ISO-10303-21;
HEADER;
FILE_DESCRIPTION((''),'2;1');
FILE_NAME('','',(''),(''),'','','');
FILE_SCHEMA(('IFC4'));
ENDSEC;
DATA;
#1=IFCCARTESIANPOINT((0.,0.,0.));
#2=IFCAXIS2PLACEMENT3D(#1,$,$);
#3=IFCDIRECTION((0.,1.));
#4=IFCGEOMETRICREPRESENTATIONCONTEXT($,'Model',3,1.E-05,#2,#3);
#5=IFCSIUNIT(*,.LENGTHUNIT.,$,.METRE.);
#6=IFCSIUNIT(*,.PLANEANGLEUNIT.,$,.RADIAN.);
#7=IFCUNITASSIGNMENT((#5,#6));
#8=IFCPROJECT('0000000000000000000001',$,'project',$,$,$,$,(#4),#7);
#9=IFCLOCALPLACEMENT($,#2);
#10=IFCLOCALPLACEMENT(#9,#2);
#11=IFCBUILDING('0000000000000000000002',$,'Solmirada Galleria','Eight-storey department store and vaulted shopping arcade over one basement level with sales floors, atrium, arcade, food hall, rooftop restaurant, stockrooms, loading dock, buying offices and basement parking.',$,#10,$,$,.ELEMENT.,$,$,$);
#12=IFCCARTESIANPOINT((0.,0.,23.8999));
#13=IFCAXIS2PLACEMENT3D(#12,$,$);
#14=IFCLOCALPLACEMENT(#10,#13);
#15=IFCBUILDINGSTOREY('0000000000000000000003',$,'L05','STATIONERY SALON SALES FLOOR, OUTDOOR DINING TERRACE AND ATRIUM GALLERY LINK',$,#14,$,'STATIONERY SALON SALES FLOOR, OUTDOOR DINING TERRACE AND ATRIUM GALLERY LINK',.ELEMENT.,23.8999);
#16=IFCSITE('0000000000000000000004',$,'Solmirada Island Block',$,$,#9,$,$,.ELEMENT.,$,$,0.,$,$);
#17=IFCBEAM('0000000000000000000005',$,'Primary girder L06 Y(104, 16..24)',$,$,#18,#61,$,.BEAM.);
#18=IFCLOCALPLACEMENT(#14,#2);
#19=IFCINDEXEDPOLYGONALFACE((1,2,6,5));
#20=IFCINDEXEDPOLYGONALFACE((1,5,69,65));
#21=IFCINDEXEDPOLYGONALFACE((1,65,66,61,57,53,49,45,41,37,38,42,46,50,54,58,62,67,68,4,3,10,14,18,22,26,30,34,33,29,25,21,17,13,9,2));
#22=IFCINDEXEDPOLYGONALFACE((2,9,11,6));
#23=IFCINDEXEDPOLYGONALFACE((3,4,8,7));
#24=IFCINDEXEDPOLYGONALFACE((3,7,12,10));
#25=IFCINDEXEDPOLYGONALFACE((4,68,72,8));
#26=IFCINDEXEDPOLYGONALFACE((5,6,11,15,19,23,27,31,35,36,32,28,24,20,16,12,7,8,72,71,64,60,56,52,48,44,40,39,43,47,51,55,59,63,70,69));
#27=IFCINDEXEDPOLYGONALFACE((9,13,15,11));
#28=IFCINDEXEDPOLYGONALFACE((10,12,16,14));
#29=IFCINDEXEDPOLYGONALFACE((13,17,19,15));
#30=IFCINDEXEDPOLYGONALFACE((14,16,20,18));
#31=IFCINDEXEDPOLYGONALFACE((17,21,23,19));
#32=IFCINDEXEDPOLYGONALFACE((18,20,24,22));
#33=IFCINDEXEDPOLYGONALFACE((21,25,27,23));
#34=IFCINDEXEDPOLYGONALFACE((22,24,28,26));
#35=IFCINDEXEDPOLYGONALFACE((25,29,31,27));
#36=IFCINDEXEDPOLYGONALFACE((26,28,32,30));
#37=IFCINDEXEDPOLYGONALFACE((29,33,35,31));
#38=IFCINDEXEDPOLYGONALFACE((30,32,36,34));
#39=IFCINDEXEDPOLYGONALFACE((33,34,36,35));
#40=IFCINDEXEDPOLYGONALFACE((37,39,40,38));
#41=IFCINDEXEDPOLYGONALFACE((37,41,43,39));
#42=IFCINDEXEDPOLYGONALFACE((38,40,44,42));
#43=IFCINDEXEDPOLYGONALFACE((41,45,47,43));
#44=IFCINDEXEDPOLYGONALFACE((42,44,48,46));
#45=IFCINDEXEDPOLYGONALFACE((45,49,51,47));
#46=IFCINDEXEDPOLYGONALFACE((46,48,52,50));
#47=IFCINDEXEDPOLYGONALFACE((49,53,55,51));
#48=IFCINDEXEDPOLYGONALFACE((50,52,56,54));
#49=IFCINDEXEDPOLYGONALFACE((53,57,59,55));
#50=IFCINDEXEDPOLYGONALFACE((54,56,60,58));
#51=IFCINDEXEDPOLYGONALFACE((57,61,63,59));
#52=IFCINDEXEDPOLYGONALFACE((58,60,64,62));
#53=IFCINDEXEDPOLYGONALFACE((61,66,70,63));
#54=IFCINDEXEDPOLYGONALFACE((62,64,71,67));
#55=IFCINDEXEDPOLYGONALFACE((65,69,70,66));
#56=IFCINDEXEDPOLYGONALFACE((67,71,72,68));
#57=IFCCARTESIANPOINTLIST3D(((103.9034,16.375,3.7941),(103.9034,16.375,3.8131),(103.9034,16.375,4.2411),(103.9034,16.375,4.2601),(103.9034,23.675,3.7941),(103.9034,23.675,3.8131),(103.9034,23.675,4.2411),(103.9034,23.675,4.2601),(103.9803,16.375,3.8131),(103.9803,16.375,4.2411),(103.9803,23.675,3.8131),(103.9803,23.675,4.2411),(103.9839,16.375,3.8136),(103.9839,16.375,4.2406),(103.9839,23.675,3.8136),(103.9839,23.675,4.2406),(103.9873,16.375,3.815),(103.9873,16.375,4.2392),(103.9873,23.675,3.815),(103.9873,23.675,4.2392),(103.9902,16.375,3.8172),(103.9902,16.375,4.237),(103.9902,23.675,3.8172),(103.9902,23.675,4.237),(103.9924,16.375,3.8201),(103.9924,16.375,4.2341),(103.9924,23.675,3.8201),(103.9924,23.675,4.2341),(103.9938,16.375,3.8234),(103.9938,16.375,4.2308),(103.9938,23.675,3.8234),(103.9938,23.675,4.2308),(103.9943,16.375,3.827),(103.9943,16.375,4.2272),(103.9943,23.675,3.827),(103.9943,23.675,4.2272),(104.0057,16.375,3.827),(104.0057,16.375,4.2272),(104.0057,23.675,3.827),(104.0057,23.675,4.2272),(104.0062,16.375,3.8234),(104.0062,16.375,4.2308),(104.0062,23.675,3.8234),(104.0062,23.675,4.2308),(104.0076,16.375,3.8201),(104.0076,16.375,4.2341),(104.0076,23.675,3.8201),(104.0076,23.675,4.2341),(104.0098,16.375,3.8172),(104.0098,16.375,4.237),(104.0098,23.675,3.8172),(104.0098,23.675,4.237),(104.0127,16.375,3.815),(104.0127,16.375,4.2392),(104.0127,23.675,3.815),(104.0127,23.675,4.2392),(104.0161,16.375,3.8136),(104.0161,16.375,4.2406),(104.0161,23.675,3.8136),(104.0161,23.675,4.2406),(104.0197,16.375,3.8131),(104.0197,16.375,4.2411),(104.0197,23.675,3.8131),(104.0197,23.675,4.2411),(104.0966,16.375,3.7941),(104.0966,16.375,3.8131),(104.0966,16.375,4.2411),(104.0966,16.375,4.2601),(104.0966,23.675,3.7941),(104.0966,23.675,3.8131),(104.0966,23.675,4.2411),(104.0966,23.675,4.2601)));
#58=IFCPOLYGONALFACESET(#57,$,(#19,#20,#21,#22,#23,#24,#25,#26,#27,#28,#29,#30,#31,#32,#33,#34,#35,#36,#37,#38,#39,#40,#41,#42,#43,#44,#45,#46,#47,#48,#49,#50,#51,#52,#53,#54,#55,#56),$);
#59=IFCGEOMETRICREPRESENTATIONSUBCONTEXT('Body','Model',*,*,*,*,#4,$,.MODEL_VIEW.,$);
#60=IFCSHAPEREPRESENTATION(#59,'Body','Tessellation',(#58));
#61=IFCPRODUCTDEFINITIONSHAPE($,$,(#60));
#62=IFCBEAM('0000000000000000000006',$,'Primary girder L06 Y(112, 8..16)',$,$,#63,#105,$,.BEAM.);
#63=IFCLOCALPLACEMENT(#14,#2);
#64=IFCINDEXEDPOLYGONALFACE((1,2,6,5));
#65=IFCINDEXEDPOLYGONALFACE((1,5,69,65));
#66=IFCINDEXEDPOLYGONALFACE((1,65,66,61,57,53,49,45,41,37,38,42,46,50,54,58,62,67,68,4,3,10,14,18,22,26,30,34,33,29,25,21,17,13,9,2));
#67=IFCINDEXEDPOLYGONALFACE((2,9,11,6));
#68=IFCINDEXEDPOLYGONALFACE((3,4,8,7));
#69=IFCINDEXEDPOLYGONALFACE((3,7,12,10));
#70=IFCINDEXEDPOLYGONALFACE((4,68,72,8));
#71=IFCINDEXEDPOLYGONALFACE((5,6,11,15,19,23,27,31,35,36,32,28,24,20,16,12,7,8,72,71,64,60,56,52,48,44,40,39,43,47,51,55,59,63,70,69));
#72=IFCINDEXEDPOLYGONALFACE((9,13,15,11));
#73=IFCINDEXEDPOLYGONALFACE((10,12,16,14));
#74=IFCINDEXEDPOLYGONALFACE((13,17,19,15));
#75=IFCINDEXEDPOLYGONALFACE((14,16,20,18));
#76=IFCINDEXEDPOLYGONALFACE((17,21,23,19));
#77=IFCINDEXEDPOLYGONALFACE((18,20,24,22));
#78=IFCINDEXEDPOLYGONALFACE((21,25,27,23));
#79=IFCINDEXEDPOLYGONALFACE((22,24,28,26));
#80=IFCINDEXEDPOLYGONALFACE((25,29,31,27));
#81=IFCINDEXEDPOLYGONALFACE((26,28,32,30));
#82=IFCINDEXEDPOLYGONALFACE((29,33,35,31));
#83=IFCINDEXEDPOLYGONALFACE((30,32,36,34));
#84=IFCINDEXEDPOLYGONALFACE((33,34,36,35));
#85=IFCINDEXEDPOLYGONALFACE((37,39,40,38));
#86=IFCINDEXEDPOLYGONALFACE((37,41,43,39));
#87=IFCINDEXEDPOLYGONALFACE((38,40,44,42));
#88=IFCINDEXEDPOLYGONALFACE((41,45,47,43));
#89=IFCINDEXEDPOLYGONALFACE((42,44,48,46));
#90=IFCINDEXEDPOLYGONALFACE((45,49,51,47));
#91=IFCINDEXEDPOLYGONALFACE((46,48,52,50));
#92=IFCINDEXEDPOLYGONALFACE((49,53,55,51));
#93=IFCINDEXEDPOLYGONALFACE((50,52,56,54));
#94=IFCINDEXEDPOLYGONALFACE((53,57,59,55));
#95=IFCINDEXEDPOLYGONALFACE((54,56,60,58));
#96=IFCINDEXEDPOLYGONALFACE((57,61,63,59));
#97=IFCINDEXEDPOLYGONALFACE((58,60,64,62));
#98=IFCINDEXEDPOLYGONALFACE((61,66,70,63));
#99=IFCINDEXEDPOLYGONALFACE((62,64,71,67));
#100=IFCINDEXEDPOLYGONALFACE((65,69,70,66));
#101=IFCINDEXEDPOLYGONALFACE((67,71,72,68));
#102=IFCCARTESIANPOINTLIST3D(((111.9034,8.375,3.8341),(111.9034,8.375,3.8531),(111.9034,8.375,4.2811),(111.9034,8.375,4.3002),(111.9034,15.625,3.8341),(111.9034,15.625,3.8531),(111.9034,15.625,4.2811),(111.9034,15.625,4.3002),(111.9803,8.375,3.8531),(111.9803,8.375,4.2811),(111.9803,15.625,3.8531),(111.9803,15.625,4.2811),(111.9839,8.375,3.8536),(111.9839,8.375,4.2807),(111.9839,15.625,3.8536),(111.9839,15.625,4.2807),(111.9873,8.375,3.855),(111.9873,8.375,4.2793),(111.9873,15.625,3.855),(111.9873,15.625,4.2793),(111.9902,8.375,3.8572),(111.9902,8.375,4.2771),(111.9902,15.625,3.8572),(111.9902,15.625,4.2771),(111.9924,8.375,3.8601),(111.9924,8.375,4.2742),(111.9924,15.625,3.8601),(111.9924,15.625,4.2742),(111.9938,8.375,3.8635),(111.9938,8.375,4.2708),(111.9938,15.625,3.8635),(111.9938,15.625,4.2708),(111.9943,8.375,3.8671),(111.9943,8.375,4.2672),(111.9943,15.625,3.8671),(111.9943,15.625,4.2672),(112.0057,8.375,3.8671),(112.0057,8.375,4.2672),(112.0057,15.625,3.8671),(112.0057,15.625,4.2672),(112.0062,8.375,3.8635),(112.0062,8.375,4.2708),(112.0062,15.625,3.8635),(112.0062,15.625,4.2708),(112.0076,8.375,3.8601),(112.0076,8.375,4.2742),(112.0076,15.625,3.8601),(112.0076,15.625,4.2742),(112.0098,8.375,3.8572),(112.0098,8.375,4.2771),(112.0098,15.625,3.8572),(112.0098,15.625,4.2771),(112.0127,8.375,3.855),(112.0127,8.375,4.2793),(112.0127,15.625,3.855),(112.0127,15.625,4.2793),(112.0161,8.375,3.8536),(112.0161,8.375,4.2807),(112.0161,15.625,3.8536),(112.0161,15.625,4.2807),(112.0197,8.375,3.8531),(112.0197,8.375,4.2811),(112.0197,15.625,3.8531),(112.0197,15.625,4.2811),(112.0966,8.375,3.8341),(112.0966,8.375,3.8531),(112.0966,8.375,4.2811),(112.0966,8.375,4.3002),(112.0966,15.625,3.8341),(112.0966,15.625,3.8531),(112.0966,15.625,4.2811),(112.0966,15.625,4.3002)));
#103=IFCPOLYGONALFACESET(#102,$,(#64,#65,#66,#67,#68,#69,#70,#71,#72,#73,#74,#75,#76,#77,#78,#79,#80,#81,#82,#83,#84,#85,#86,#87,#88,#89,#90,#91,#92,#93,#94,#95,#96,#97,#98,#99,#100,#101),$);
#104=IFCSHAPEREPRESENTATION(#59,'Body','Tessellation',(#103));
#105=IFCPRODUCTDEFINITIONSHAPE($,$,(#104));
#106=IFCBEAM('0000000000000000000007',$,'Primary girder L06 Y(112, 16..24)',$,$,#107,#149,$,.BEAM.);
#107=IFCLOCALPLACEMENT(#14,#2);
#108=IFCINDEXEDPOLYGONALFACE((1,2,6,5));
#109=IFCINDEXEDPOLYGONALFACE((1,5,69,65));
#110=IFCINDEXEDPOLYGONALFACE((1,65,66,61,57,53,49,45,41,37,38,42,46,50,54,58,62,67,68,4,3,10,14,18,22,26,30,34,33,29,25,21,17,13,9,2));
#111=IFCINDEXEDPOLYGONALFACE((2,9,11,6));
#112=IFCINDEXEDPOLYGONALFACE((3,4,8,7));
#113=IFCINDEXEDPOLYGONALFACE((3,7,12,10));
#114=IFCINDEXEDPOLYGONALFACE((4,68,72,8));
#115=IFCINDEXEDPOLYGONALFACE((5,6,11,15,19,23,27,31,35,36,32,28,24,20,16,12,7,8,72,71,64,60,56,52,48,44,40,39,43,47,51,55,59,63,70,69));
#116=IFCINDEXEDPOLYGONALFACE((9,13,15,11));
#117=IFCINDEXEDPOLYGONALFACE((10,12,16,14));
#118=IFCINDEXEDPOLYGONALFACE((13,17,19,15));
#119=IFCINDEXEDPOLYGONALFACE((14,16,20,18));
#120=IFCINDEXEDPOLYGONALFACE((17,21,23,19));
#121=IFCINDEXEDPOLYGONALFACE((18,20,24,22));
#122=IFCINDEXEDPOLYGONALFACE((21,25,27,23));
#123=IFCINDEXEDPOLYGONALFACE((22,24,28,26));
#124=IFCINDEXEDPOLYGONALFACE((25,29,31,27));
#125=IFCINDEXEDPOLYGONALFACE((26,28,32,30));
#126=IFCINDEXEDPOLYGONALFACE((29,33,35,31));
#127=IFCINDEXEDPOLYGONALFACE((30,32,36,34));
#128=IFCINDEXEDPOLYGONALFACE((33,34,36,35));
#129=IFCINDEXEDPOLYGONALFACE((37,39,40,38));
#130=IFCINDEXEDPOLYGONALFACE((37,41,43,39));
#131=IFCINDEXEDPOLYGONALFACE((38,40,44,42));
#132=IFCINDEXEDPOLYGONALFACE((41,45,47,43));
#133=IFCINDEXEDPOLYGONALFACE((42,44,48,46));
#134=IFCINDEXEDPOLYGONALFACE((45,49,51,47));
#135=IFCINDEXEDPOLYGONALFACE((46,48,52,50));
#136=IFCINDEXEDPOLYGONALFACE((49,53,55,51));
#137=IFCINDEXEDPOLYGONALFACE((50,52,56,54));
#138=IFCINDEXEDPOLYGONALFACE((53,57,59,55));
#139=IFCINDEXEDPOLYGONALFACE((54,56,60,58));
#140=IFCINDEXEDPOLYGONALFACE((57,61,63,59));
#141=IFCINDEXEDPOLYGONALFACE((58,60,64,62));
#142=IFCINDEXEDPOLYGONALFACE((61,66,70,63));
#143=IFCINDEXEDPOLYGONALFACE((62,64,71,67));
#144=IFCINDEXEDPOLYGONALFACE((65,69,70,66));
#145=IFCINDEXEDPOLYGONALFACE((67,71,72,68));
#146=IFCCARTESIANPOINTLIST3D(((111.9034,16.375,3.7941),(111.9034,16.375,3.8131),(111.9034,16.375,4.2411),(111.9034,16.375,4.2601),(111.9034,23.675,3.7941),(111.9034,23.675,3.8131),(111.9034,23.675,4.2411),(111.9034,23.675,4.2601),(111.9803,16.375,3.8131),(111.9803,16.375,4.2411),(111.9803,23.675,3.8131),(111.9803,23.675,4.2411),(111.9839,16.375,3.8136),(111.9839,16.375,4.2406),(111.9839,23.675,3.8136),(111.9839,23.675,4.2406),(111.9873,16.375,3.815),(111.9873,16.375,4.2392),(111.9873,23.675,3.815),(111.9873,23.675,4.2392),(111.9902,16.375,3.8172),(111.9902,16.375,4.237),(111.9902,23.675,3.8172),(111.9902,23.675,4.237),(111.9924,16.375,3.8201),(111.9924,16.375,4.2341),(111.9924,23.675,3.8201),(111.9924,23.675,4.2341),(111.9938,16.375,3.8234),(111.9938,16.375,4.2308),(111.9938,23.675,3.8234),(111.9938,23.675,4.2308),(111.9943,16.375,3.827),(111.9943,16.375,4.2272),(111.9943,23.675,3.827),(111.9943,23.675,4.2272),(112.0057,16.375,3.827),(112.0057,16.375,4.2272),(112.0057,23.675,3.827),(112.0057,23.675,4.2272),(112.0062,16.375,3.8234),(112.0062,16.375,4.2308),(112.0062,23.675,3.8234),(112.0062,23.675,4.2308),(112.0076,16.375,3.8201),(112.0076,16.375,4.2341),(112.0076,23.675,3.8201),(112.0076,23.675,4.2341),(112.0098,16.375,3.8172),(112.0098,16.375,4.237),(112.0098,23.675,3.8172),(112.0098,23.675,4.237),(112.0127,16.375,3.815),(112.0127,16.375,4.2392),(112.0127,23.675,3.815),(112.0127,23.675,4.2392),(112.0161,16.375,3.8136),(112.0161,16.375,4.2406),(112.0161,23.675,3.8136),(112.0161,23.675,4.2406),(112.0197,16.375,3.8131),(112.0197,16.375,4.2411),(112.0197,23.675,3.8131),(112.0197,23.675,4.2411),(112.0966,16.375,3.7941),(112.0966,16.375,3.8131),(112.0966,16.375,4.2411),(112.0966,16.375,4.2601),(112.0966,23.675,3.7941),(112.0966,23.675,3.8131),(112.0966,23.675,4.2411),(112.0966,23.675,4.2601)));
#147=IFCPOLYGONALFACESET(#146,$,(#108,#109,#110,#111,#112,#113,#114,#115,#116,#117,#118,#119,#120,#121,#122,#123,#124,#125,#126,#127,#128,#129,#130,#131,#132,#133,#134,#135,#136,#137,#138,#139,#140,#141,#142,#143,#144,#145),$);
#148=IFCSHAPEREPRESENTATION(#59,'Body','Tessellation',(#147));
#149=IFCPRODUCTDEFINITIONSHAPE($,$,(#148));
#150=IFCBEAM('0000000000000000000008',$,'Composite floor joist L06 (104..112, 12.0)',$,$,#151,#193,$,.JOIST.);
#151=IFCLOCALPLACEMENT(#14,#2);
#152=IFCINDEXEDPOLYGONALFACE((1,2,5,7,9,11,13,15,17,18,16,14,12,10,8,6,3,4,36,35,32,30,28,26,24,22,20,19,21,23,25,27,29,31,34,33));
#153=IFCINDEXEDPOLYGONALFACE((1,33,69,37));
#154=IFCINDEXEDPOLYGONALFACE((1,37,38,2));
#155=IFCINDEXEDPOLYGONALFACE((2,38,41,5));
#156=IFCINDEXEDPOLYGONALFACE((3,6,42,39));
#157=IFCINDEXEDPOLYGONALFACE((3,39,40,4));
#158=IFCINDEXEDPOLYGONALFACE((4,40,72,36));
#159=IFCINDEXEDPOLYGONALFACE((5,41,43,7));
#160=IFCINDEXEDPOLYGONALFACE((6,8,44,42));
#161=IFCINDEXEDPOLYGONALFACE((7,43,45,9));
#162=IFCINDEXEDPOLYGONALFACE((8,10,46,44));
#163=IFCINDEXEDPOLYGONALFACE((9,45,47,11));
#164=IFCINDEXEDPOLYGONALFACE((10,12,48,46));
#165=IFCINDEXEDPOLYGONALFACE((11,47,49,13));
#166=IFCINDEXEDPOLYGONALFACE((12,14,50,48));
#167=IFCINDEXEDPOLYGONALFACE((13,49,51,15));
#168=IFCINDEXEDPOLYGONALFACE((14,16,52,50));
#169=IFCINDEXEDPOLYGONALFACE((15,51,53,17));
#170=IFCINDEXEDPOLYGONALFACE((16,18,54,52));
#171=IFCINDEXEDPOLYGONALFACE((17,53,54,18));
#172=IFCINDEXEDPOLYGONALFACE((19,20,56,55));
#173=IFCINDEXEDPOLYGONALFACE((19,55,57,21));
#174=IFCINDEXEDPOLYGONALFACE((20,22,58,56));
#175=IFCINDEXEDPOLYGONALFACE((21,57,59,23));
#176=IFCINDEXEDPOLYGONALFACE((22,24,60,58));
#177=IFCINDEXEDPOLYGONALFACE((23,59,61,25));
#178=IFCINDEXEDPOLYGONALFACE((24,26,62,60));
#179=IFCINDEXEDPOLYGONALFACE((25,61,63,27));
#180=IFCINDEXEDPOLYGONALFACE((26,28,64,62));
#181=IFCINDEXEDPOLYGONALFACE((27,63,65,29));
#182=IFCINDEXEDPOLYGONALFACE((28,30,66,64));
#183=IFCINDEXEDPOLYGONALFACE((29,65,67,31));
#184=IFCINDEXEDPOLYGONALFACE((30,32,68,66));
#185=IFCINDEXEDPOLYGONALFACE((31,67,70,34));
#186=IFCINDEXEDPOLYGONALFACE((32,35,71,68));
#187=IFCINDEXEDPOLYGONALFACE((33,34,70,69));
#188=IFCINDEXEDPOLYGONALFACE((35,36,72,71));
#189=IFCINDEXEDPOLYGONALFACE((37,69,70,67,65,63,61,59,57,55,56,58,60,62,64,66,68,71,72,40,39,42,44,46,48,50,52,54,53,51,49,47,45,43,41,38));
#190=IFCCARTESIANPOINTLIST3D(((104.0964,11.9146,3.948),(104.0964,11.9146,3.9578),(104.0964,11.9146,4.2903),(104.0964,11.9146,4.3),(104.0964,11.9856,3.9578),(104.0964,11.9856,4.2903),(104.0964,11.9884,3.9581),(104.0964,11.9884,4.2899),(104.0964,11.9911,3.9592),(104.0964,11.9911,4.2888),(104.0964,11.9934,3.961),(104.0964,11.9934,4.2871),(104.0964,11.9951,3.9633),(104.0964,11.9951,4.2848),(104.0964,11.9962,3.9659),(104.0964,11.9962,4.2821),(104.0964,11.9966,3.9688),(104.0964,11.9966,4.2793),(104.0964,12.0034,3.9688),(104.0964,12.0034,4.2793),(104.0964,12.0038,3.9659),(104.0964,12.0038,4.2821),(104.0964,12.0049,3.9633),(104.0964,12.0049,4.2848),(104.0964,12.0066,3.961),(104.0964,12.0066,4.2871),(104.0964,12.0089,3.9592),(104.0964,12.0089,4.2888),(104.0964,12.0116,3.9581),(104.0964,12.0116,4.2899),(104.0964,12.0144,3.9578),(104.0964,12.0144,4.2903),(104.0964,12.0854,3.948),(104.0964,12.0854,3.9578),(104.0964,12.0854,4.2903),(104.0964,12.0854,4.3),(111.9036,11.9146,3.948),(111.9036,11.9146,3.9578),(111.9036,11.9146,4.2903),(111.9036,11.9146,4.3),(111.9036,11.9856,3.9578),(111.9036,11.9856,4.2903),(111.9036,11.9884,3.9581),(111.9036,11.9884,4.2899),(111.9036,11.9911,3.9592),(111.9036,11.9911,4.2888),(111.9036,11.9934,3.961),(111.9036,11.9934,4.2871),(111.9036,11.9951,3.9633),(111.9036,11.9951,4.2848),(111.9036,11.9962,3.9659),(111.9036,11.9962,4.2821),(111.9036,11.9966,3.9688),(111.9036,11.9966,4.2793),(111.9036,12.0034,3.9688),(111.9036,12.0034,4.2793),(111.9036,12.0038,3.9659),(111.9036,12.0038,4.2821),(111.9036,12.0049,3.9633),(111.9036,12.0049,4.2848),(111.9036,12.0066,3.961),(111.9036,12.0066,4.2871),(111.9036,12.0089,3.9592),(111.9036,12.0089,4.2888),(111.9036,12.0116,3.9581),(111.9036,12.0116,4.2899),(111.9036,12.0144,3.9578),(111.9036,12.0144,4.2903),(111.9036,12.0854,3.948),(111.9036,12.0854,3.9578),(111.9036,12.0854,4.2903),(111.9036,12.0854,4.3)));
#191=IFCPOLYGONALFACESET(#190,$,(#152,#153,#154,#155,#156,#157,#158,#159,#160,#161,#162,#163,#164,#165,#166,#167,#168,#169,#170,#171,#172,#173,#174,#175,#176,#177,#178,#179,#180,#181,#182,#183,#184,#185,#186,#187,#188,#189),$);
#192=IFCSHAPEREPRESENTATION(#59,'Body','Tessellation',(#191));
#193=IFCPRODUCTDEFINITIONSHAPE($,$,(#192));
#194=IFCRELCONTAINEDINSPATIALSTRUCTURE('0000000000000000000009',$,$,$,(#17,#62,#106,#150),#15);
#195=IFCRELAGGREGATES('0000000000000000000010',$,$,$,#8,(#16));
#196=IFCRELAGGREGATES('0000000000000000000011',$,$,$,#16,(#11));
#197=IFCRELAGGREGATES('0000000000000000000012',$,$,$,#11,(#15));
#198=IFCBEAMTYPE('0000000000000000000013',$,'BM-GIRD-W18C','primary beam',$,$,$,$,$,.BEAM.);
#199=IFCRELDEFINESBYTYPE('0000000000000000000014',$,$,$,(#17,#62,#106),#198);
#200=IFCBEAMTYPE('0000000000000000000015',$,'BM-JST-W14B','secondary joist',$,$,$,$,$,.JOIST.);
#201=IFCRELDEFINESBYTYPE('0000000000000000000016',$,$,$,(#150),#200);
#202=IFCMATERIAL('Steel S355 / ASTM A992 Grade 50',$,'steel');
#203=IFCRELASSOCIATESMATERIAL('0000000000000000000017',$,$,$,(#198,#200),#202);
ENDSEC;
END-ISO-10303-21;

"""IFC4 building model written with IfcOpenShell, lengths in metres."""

from ifc_helpers import new_model, si_unit, direction, frame, origin, origin_2d, place, context, subcontext, project, spatial, i_section, extrude, material, material_profile, profile_set, type_object, element, save


model = new_model("IFC4")

# Units and contexts
model_context = context("Model", 3, precision=1e-05, world=origin(), true_north=direction((0.0, 1.0)))
body_context = subcontext(model_context, "Body", "Model", "MODEL_VIEW")
ifc_project = project(units=[si_unit("LENGTHUNIT", "METRE"), si_unit("PLANEANGLEUNIT", "RADIAN")], contexts=[model_context])

# Site, building, storey
site_placement = place(None, origin())
site = spatial("IfcSite", under=ifc_project, at=site_placement, Name="Solmirada Island Block", CompositionType="ELEMENT", RefElevation=0.0)
building_placement = place(site_placement, origin())
building = spatial("IfcBuilding", under=site, at=building_placement, Name="Solmirada Galleria", Description="Eight-storey department store and vaulted shopping arcade over one basement level with sales floors, atrium, arcade, food hall, rooftop restaurant, stockrooms, loading dock, buying offices and basement parking.", CompositionType="ELEMENT")
storey_placement = place(building_placement, frame((0.0, 0.0, 23.8999)))
storey = spatial("IfcBuildingStorey", under=building, at=storey_placement, Name="L05", Description="STATIONERY SALON SALES FLOOR, OUTDOOR DINING TERRACE AND ATRIUM GALLERY LINK", LongName="STATIONERY SALON SALES FLOOR, OUTDOOR DINING TERRACE AND ATRIUM GALLERY LINK", CompositionType="ELEMENT", Elevation=23.8999)

# Beams
ifc_material_1 = material(Name="Steel S355 / ASTM A992 Grade 50", Category="steel")
ifc_material_profile_1 = material_profile(ifc_material_1, i_section(OverallWidth=0.1931, OverallDepth=0.4661, WebThickness=0.0115, FlangeThickness=0.019, FilletRadius=0.0139, at=origin_2d()), Name="W18X65")
ifc_profile_set_1 = profile_set([ifc_material_profile_1], Name="Steel S355 / ASTM A992 Grade 50")
beam_type_1 = type_object("IfcBeamType", Name="BM-GIRD-W18C", Description="primary beam", PredefinedType="BEAM", material=ifc_profile_set_1)
beam_1_placement = place(storey_placement, frame((104.0, 16.375, 4.0271), z_axis=(0.0, 1.0, 0.0), x_axis=(-1.0, 0.0, 0.0)))
element("IfcBeam", 1, at=beam_1_placement, inside=storey, type_object=beam_type_1, Name="Primary girder L06 Y(104, 16..24)", PredefinedType="BEAM", context=body_context, shape_type="SweptSolid", body=[
    extrude(i_section(OverallWidth=0.1931, OverallDepth=0.4661, WebThickness=0.0115, FlangeThickness=0.019, FilletRadius=0.0139, at=origin_2d()), origin(), (0.0, 0.0, 1.0), 7.3),
])
beam_2_placement = place(storey_placement, frame((112.0, 8.375, 4.0671), z_axis=(0.0, 1.0, 0.0), x_axis=(-1.0, 0.0, 0.0)))
element("IfcBeam", 2, at=beam_2_placement, inside=storey, type_object=beam_type_1, Name="Primary girder L06 Y(112, 8..16)", PredefinedType="BEAM", context=body_context, shape_type="SweptSolid", body=[
    extrude(i_section(OverallWidth=0.1931, OverallDepth=0.4661, WebThickness=0.0115, FlangeThickness=0.019, FilletRadius=0.0139, at=origin_2d()), origin(), (0.0, 0.0, 1.0), 7.25),
])
beam_3_placement = place(storey_placement, frame((112.0, 16.375, 4.0271), z_axis=(0.0, 1.0, 0.0), x_axis=(-1.0, 0.0, 0.0)))
element("IfcBeam", 3, at=beam_3_placement, inside=storey, type_object=beam_type_1, Name="Primary girder L06 Y(112, 16..24)", PredefinedType="BEAM", context=body_context, shape_type="SweptSolid", body=[
    extrude(i_section(OverallWidth=0.1931, OverallDepth=0.4661, WebThickness=0.0115, FlangeThickness=0.019, FilletRadius=0.0139, at=origin_2d()), origin(), (0.0, 0.0, 1.0), 7.3),
])
ifc_material_profile_2 = material_profile(ifc_material_1, i_section(OverallWidth=0.1709, OverallDepth=0.3521, WebThickness=0.0068, FlangeThickness=0.0098, FilletRadius=0.011, at=origin_2d()), Name="W14X30")
ifc_profile_set_2 = profile_set([ifc_material_profile_2], Name="Steel S355 / ASTM A992 Grade 50")
beam_type_2 = type_object("IfcBeamType", Name="BM-JST-W14B", Description="secondary joist", PredefinedType="JOIST", material=ifc_profile_set_2)
for number, where, z_axis, x_axis, name in (
    (4, (104.0964, 12.0, 4.124), (1.0, 0.0, 0.0), (0.0, 1.0, 0.0), "Composite floor joist L06 (104..112, 12.0)"),
):
    element("IfcBeam", number, at=place(storey_placement, frame(where, z_axis=z_axis, x_axis=x_axis)), inside=storey, type_object=beam_type_2, Name=name, PredefinedType="JOIST", context=body_context, shape_type="SweptSolid", body=[
        extrude(i_section(OverallWidth=0.1709, OverallDepth=0.3521, WebThickness=0.0068, FlangeThickness=0.0098, FilletRadius=0.011, at=origin_2d()), origin(), (0.0, 0.0, 1.0), 7.8071),
    ])

save(model, "model.ifc")
